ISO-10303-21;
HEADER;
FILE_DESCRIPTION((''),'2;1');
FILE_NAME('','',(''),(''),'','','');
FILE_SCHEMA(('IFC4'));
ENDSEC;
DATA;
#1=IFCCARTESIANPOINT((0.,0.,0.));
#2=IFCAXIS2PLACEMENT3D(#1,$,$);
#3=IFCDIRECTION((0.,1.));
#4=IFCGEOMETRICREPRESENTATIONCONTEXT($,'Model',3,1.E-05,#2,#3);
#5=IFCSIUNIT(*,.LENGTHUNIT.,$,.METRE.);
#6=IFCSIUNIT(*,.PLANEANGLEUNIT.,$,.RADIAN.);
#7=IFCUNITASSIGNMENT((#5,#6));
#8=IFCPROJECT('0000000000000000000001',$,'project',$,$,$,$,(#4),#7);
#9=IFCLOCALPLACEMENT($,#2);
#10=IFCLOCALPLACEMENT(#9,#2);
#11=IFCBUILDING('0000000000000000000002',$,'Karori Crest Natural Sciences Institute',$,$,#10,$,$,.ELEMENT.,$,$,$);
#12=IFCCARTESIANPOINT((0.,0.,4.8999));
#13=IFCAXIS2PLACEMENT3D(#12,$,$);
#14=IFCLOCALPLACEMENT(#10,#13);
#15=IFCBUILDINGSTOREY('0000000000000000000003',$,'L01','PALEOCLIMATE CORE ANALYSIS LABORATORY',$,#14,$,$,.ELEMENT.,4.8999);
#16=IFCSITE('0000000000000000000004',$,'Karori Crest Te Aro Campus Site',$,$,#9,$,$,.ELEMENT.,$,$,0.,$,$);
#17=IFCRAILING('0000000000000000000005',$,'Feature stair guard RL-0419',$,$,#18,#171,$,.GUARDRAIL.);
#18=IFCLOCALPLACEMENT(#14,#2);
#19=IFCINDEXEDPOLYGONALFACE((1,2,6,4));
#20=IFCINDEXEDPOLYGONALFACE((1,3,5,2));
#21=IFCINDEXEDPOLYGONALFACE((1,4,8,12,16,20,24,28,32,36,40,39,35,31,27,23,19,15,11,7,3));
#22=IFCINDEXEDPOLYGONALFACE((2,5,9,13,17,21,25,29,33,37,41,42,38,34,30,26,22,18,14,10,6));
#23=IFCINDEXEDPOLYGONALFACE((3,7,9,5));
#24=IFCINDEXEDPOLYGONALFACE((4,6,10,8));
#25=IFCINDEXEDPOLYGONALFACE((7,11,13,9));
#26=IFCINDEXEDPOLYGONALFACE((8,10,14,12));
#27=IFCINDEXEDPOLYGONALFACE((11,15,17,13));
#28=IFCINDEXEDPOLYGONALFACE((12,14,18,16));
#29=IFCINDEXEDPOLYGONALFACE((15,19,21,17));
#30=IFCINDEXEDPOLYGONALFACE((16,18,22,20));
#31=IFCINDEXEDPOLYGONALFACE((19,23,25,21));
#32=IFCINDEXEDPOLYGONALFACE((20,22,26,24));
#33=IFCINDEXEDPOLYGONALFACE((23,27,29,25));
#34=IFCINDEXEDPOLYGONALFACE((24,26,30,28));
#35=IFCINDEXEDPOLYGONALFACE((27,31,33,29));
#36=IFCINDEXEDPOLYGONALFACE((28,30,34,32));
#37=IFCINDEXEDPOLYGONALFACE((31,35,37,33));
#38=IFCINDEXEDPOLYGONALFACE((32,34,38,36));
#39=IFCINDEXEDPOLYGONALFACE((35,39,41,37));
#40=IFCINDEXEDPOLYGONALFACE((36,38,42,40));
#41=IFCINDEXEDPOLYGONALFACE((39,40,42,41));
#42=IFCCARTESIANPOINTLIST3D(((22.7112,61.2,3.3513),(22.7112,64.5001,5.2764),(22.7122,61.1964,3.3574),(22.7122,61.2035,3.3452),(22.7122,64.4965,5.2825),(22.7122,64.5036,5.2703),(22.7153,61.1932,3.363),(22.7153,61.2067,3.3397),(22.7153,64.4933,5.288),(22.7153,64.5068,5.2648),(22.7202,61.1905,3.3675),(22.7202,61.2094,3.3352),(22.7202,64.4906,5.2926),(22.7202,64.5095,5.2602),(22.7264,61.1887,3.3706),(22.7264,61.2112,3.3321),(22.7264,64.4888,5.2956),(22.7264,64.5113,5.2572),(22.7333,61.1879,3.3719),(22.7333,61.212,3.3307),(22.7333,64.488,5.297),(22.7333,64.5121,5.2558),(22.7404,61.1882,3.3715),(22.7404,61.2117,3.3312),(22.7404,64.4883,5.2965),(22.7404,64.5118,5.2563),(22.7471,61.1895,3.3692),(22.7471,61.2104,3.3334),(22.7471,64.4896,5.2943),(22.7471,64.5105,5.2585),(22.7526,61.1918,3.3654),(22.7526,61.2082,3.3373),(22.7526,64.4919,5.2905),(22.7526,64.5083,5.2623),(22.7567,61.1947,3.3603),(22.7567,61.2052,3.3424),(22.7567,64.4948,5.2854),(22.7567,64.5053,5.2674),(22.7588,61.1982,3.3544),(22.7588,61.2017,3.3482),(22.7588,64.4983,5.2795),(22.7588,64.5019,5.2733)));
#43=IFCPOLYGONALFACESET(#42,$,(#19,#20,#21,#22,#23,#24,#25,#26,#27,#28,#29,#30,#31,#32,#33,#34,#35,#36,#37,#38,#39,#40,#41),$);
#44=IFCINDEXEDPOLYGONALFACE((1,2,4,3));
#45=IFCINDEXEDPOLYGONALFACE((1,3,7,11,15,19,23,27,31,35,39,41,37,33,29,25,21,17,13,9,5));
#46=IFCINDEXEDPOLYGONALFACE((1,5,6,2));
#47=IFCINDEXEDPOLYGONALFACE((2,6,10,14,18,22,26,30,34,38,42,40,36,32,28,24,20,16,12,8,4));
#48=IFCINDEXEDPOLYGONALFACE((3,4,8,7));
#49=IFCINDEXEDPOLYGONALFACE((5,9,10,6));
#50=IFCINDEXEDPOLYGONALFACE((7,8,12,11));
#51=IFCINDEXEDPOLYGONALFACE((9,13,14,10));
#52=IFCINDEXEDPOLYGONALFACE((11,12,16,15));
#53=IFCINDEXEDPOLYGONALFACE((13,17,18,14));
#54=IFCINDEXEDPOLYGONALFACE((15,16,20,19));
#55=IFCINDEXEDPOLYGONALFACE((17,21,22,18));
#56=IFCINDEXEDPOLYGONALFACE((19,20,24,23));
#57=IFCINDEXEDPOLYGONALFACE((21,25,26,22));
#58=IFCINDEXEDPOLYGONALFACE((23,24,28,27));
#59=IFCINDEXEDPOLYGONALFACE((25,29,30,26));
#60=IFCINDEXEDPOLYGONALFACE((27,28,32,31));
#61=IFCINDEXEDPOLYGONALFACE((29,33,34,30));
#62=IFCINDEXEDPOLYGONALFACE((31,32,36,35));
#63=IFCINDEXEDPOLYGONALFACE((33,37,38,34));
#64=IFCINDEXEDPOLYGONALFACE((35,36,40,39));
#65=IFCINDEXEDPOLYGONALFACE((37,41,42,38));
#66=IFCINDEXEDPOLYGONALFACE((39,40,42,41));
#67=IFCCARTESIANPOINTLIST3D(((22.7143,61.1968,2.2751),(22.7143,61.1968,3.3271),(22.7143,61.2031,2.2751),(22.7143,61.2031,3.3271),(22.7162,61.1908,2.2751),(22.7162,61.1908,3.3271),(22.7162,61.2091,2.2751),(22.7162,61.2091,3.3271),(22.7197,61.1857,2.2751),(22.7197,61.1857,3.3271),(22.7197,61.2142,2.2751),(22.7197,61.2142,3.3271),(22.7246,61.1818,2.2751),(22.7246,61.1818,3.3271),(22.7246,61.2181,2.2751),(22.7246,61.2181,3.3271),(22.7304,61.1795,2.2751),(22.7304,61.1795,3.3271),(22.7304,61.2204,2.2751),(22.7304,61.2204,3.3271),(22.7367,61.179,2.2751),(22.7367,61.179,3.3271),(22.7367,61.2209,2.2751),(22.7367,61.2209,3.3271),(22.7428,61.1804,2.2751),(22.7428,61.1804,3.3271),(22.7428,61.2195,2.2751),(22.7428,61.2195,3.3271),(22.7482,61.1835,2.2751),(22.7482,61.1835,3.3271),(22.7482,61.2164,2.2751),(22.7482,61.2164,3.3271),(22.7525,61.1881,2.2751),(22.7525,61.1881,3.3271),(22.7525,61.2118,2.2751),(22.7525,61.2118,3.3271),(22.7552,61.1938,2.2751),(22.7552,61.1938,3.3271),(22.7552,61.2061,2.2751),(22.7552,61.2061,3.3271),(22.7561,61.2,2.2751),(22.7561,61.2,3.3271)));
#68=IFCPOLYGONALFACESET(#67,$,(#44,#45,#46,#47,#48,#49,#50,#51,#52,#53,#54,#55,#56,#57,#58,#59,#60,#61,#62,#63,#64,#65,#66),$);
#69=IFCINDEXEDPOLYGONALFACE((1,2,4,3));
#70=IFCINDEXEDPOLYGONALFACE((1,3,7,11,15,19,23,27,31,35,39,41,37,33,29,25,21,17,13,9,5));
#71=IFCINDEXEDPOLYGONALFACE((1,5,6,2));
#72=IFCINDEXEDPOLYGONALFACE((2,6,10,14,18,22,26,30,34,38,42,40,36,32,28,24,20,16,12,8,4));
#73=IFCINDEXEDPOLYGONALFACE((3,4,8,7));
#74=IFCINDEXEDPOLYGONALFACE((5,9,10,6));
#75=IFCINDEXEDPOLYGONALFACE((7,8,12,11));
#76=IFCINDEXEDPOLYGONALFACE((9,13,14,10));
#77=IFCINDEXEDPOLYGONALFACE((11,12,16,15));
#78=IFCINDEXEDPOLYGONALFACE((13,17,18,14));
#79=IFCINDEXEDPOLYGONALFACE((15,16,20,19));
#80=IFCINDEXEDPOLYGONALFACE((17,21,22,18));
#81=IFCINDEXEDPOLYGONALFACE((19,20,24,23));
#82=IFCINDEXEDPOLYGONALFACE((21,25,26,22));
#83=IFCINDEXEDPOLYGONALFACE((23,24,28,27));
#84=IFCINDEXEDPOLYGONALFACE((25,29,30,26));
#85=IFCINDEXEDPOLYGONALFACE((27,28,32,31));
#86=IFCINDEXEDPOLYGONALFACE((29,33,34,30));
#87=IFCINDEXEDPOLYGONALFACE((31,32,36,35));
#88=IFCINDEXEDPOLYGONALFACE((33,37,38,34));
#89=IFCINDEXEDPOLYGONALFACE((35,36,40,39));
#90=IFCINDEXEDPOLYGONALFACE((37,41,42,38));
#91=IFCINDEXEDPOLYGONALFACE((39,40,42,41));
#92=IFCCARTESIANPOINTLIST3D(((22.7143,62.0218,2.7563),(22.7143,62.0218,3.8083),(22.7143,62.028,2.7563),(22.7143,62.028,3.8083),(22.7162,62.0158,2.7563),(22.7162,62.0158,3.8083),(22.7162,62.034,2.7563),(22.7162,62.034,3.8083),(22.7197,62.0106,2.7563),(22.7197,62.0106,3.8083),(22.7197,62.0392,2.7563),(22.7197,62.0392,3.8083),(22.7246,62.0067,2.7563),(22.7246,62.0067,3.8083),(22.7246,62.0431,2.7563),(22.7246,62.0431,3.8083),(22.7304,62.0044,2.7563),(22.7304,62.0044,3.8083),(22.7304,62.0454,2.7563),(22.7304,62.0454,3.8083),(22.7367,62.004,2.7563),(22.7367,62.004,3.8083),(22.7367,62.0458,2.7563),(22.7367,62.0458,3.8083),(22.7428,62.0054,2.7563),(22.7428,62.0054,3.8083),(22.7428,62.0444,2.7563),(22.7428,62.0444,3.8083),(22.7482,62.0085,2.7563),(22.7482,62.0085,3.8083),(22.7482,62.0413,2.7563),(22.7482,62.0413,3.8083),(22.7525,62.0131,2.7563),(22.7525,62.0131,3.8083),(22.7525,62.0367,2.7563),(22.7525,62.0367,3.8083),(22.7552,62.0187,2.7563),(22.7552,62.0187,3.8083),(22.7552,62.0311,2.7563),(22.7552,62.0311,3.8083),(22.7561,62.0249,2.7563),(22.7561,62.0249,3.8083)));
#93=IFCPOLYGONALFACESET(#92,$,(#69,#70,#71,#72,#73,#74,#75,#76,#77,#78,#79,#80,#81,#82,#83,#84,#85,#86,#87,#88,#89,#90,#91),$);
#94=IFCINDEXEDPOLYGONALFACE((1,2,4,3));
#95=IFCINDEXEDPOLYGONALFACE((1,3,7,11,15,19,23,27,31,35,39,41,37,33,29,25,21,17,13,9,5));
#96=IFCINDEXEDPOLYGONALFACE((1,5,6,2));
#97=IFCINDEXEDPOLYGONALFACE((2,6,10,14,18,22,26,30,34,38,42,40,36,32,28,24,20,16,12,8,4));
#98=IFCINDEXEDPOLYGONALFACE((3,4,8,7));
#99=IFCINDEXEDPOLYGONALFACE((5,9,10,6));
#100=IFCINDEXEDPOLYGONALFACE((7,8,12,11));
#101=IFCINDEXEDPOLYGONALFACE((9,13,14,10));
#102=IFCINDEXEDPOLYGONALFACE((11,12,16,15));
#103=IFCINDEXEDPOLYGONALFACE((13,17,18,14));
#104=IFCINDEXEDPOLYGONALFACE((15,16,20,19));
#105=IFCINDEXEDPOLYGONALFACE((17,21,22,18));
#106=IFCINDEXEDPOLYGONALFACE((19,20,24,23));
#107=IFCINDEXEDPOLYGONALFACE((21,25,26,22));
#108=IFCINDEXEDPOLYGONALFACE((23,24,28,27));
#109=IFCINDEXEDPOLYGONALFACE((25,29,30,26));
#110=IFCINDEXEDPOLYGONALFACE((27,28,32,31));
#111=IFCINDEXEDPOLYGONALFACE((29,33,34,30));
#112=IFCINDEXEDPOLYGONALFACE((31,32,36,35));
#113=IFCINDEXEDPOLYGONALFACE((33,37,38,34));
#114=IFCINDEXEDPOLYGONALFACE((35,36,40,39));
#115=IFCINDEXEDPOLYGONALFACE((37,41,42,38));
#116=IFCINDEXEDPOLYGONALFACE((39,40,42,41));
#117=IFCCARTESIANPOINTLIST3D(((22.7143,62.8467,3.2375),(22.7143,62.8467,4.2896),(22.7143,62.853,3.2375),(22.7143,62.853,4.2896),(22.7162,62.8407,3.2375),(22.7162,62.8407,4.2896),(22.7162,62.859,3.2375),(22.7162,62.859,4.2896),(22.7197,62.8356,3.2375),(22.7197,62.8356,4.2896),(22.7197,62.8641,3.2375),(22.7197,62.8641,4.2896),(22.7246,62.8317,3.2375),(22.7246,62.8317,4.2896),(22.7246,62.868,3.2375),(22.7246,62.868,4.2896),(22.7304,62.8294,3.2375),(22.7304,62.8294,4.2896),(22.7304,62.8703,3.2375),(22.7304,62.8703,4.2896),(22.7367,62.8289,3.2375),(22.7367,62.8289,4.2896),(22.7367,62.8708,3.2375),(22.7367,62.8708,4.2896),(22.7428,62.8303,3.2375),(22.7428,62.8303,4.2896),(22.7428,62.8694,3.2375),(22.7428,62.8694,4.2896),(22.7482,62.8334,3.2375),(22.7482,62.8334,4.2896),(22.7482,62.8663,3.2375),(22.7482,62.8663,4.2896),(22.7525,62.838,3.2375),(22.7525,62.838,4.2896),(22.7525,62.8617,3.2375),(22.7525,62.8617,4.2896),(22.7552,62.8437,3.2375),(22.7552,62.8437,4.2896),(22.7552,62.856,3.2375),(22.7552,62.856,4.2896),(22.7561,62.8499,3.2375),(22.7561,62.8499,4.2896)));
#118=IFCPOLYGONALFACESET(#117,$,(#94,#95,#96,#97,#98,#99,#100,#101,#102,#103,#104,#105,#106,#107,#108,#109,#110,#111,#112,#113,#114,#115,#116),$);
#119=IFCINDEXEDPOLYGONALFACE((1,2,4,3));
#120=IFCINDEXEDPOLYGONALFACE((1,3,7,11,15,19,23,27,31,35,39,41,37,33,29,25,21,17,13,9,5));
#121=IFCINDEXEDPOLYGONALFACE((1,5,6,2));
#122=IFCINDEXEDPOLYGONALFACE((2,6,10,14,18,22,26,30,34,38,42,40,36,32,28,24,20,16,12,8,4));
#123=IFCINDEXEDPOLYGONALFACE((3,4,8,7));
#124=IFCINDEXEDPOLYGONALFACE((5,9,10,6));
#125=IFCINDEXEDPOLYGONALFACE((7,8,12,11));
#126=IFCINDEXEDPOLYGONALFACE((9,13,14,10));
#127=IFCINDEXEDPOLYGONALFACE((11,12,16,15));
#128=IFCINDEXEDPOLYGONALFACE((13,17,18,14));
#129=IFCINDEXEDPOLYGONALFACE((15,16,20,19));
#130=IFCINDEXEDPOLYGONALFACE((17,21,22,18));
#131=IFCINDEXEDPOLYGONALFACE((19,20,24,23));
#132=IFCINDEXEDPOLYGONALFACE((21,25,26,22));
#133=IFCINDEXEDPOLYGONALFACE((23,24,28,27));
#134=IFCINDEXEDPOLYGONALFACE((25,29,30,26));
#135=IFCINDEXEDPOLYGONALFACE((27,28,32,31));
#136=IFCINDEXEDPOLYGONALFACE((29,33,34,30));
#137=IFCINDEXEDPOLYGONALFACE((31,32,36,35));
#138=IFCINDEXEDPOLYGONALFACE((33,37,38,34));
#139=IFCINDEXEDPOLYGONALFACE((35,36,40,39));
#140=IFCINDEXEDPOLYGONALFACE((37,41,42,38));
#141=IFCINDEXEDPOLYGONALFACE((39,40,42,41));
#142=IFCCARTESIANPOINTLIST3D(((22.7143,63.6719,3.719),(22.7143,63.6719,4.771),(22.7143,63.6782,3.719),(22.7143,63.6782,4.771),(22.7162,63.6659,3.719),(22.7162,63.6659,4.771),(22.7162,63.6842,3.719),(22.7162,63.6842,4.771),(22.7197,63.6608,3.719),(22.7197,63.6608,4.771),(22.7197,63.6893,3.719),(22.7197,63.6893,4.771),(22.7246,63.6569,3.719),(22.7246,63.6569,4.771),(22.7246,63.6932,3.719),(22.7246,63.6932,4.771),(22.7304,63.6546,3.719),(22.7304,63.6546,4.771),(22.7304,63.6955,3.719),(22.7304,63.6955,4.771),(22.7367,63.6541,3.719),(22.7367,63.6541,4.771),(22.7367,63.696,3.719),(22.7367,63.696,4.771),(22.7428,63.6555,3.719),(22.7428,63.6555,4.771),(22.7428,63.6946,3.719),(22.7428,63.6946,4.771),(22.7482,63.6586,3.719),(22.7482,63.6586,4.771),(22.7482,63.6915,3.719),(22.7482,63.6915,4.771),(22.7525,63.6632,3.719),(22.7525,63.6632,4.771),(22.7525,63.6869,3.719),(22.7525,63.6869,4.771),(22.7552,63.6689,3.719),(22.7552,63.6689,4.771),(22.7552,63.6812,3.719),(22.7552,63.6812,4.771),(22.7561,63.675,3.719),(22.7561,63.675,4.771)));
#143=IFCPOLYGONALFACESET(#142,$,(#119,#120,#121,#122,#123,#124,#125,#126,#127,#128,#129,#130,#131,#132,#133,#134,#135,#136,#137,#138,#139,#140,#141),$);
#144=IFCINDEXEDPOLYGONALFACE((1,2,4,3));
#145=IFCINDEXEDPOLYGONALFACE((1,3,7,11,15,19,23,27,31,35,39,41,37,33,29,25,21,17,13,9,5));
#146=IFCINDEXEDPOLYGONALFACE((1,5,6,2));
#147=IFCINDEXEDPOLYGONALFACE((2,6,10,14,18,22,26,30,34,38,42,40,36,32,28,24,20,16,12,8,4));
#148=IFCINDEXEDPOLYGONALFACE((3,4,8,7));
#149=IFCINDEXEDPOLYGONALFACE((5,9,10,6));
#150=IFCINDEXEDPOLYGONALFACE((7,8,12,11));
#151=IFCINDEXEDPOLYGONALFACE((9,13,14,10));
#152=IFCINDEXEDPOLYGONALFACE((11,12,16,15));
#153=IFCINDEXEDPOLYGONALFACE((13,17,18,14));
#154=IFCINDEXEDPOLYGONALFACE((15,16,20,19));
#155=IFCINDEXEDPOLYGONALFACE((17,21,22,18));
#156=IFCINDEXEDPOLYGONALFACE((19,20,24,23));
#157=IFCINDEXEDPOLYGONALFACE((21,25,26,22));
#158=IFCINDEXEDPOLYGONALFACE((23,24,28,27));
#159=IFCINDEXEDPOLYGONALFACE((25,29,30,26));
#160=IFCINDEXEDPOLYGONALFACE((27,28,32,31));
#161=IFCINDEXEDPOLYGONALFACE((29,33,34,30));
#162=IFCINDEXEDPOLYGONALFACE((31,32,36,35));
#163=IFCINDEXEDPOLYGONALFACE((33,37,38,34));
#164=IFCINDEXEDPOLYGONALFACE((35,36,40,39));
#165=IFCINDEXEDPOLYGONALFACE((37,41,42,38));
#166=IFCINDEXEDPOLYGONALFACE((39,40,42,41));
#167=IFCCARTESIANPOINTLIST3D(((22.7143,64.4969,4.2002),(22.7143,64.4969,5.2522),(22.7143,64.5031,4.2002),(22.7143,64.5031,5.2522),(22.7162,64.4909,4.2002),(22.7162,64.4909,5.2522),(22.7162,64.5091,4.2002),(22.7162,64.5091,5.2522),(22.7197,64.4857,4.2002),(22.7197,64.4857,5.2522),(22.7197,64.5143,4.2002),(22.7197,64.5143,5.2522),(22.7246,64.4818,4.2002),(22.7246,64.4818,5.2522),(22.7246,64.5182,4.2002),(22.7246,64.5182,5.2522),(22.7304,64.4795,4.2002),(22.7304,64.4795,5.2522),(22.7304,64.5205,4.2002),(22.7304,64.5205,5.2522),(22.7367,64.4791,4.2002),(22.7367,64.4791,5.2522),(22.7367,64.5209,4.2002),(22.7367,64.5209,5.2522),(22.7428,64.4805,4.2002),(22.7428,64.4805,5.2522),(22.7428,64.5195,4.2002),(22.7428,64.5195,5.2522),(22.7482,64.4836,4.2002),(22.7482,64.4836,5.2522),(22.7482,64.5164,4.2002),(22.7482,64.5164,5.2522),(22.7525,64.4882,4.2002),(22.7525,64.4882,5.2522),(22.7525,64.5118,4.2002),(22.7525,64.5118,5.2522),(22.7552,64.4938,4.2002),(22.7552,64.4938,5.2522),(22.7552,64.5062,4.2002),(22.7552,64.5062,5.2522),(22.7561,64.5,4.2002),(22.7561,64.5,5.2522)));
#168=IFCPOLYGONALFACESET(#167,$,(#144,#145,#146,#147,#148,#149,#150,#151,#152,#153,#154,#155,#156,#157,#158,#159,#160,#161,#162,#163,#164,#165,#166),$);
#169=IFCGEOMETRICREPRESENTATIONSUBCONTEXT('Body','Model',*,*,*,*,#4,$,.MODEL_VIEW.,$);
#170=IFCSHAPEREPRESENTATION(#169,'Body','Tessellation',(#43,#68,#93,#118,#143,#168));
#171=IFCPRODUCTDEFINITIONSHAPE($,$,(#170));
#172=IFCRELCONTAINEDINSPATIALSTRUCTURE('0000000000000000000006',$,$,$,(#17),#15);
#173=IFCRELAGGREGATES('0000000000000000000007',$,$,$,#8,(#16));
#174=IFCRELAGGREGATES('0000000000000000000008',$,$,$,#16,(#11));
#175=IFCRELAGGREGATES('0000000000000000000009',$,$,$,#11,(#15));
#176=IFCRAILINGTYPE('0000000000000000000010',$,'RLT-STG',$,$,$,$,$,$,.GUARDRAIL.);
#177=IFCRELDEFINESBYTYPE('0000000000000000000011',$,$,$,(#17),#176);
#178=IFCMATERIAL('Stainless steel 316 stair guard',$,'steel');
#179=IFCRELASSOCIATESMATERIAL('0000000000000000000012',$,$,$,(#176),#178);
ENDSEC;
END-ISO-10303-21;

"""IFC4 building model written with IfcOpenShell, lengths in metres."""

from ifc_helpers import new_model, si_unit, direction, frame, origin, origin_2d, place, context, subcontext, project, spatial, circle, extrude, material, type_object, element, save


model = new_model("IFC4")

# Units and contexts
model_context = context("Model", 3, precision=1e-05, world=origin(), true_north=direction((0.0, 1.0)))
body_context = subcontext(model_context, "Body", "Model", "MODEL_VIEW")
ifc_project = project(units=[si_unit("LENGTHUNIT", "METRE"), si_unit("PLANEANGLEUNIT", "RADIAN")], contexts=[model_context])

# Site, building, storey
site_placement = place(None, origin())
site = spatial("IfcSite", under=ifc_project, at=site_placement, Name="Karori Crest Te Aro Campus Site", CompositionType="ELEMENT", RefElevation=0.0)
building_placement = place(site_placement, origin())
building = spatial("IfcBuilding", under=site, at=building_placement, Name="Karori Crest Natural Sciences Institute", CompositionType="ELEMENT")
storey_placement = place(building_placement, frame((0.0, 0.0, 4.8999)))
storey = spatial("IfcBuildingStorey", under=building, at=storey_placement, Name="L01", Description="PALEOCLIMATE CORE ANALYSIS LABORATORY", CompositionType="ELEMENT", Elevation=4.8999)

# Railing
ifc_material_1 = material(Name="Stainless steel 316 stair guard", Category="steel")
railing_type = type_object("IfcRailingType", Name="RLT-STG", PredefinedType="GUARDRAIL", material=ifc_material_1)
railing_1_placement = place(storey_placement, frame((22.7351, 61.2, 2.2751)))
element("IfcRailing", 1, at=railing_1_placement, inside=storey, type_object=railing_type, Name="Feature stair guard RL-0419", PredefinedType="GUARDRAIL", context=body_context, shape_type="SweptSolid", body=[
    extrude(circle(Radius=0.0239, at=origin_2d()), frame((0.0, 0.0, 1.0762), z_axis=(0.0, 0.863777, 0.503875), x_axis=(-1.0, 0.0, 0.0)), (0.0, 0.0, 1.0), 3.8206),
    extrude(circle(Radius=0.021, at=origin_2d()), origin(), (0.0, 0.0, 1.0), 1.052),
    extrude(circle(Radius=0.021, at=origin_2d()), frame((0.0, 0.825, 0.4812)), (0.0, 0.0, 1.0), 1.052),
    extrude(circle(Radius=0.021, at=origin_2d()), frame((0.0, 1.6499, 0.9624)), (0.0, 0.0, 1.0), 1.052),
    extrude(circle(Radius=0.021, at=origin_2d()), frame((0.0, 2.4751, 1.4438)), (0.0, 0.0, 1.0), 1.052),
    extrude(circle(Radius=0.021, at=origin_2d()), frame((0.0, 3.3, 1.925)), (0.0, 0.0, 1.0), 1.052),
])

save(model, "model.ifc")
